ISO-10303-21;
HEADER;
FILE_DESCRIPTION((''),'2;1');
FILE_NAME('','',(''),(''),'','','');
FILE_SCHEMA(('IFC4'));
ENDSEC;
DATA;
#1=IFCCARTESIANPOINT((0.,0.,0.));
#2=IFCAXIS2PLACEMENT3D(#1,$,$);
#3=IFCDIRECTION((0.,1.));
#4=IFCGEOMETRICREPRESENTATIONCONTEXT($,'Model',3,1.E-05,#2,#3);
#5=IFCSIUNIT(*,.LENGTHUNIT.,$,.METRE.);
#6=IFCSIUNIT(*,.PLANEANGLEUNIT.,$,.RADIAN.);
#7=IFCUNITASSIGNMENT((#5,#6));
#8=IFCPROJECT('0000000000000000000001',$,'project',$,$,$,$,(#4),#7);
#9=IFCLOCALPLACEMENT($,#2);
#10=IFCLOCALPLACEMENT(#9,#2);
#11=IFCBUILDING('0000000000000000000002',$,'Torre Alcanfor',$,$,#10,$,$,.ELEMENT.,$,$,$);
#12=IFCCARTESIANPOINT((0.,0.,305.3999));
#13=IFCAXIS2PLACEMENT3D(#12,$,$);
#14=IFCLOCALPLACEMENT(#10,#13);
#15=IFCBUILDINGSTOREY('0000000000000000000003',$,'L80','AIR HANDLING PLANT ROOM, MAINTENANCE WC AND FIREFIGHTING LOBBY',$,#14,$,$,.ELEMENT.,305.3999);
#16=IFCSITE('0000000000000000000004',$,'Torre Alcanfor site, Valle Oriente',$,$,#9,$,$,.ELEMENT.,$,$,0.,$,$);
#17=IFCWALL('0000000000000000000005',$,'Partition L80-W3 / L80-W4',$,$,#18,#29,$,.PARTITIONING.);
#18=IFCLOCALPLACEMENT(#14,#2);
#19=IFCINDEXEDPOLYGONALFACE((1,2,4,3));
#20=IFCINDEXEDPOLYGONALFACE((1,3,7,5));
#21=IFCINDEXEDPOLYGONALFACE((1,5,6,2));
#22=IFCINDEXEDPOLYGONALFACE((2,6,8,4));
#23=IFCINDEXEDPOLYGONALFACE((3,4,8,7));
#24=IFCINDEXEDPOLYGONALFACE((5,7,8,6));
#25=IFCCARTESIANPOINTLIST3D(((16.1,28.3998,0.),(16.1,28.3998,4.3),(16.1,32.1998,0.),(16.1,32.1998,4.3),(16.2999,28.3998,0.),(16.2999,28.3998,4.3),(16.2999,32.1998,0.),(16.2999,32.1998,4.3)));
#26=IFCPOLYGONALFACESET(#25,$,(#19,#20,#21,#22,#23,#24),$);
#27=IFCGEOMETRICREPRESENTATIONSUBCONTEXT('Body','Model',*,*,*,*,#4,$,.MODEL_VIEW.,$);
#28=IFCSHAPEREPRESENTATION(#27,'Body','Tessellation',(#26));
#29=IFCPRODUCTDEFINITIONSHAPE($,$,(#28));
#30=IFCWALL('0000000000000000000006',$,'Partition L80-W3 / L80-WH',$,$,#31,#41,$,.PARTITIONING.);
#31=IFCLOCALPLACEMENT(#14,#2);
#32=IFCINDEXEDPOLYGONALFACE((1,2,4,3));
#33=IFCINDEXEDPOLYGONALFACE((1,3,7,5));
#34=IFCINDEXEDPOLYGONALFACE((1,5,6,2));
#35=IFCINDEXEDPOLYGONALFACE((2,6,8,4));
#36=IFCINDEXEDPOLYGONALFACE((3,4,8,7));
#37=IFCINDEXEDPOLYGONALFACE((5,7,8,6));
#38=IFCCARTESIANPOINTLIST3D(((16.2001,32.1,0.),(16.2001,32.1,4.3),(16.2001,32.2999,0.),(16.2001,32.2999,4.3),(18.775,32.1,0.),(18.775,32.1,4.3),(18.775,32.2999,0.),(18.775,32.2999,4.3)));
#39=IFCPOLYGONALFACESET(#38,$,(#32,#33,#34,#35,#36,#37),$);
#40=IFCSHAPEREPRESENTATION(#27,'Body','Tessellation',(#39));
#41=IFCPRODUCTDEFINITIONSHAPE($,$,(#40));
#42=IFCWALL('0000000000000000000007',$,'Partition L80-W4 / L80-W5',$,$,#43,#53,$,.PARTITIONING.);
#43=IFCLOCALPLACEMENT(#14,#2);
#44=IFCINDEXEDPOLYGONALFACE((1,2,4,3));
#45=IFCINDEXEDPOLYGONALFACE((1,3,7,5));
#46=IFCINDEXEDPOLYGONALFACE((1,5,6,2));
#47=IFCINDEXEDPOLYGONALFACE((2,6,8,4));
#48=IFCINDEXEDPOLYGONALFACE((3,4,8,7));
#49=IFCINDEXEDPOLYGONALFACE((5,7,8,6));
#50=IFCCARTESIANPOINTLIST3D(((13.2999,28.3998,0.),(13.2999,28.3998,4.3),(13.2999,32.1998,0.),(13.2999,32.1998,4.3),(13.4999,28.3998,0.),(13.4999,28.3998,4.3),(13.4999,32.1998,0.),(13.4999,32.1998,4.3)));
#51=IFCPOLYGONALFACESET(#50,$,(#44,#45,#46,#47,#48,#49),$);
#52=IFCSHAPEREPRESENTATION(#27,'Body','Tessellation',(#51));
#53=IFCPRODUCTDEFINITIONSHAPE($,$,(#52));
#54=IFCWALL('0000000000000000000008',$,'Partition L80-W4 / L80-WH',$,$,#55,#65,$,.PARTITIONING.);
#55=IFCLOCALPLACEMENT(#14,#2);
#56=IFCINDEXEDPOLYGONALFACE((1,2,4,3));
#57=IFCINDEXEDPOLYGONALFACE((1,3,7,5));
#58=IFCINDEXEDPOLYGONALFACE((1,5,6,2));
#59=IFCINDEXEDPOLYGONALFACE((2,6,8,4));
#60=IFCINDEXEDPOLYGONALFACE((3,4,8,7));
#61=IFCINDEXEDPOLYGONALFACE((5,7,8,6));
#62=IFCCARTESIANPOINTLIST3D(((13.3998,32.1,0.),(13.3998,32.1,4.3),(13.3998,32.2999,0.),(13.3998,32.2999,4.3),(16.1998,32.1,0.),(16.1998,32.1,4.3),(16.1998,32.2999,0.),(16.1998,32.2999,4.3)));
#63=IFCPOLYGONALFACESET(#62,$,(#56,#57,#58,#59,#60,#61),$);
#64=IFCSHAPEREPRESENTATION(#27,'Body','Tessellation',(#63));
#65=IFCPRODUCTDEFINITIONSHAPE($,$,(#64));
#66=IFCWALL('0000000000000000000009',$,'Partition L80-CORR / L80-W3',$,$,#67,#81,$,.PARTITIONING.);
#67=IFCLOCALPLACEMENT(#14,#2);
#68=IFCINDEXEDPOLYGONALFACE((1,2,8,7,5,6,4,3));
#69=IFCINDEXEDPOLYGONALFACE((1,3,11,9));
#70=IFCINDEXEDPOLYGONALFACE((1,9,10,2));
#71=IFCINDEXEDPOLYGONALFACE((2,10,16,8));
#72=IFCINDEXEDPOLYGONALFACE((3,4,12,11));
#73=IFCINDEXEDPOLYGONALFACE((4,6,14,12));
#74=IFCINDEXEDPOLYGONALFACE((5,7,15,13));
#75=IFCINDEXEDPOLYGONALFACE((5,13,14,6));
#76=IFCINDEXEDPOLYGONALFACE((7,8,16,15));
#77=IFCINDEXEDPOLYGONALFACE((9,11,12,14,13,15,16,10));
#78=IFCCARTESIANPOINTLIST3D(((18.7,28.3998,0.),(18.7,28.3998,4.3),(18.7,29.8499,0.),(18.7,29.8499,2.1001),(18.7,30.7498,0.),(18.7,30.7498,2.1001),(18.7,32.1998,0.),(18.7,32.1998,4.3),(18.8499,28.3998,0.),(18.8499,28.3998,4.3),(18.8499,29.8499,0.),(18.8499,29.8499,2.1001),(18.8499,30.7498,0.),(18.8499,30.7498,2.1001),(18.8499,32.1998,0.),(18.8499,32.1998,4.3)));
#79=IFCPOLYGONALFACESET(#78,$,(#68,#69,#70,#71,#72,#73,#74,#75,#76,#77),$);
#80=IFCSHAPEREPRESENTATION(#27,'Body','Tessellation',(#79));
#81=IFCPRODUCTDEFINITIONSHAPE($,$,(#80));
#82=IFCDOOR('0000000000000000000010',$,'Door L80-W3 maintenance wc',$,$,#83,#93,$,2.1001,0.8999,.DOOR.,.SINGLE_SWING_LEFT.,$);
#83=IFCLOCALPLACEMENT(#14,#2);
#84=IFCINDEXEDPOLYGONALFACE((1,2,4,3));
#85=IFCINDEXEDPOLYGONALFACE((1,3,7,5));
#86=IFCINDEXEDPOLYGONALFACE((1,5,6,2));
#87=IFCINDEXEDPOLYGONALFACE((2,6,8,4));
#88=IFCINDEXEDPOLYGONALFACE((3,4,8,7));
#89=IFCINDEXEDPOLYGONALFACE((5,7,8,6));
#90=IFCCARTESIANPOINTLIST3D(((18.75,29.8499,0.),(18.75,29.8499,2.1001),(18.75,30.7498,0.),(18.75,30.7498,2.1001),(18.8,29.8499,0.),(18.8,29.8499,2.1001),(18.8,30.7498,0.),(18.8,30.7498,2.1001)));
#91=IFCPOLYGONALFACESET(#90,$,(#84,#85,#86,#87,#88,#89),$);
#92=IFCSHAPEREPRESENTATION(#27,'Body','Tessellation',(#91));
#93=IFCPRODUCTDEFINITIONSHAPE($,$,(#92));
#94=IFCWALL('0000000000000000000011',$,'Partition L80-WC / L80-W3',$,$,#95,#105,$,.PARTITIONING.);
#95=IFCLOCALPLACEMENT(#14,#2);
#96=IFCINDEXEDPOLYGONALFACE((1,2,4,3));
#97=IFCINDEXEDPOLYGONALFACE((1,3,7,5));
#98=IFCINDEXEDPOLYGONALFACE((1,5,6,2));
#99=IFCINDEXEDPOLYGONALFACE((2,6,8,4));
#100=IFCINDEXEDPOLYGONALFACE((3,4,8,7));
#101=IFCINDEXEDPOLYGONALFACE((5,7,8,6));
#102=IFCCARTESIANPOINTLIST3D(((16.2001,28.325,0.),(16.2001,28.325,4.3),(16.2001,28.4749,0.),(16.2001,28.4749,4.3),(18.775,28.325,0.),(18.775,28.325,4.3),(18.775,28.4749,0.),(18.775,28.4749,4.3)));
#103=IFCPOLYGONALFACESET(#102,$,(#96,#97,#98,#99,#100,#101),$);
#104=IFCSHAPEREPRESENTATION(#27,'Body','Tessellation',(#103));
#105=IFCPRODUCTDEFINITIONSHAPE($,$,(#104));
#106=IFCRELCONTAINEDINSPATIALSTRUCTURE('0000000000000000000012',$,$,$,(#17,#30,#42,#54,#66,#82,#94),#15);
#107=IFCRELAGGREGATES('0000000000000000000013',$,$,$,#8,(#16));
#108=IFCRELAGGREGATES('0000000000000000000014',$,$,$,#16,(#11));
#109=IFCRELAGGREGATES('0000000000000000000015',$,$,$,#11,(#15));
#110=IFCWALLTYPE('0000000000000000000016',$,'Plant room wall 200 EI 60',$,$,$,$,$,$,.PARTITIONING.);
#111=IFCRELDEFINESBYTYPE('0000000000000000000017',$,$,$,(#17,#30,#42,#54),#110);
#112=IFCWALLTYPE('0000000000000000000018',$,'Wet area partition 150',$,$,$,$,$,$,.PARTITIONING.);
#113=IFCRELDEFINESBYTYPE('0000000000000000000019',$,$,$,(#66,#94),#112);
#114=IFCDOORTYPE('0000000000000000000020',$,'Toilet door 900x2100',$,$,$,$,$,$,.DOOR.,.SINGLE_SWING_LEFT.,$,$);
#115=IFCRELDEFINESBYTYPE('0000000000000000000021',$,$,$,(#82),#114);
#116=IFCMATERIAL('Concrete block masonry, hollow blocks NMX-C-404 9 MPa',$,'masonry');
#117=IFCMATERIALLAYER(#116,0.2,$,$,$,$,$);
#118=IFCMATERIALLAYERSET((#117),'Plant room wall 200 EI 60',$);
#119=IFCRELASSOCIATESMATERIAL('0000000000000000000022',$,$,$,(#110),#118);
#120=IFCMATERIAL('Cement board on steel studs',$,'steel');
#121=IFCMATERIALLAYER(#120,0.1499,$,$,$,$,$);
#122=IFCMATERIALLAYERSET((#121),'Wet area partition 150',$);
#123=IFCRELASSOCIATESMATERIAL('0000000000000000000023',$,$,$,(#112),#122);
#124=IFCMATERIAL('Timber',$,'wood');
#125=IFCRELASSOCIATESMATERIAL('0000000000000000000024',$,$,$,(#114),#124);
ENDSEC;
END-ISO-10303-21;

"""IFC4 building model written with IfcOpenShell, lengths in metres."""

from ifc_helpers import new_model, si_unit, direction, frame, frame_2d, origin, place, context, subcontext, project, spatial, rectangle, extrude, material, layer, layer_set, type_object, element, fill, save


model = new_model("IFC4")

# Units and contexts
model_context = context("Model", 3, precision=1e-05, world=origin(), true_north=direction((0.0, 1.0)))
body_context = subcontext(model_context, "Body", "Model", "MODEL_VIEW")
ifc_project = project(units=[si_unit("LENGTHUNIT", "METRE"), si_unit("PLANEANGLEUNIT", "RADIAN")], contexts=[model_context])

# Site, building, storey
site_placement = place(None, origin())
site = spatial("IfcSite", under=ifc_project, at=site_placement, Name="Torre Alcanfor site, Valle Oriente", CompositionType="ELEMENT", RefElevation=0.0)
building_placement = place(site_placement, origin())
building = spatial("IfcBuilding", under=site, at=building_placement, Name="Torre Alcanfor", CompositionType="ELEMENT")
storey_placement = place(building_placement, frame((0.0, 0.0, 305.3999)))
storey = spatial("IfcBuildingStorey", under=building, at=storey_placement, Name="L80", Description="AIR HANDLING PLANT ROOM, MAINTENANCE WC AND FIREFIGHTING LOBBY", CompositionType="ELEMENT", Elevation=305.3999)

# Shared definitions
ifc_material_1 = material(Name="Concrete block masonry, hollow blocks NMX-C-404 9 MPa", Category="masonry")
ifc_layer_1 = layer(ifc_material_1, 0.2)
ifc_layer_set_1 = layer_set([ifc_layer_1], Name="Plant room wall 200 EI 60")
wall_type_1 = type_object("IfcWallType", Name="Plant room wall 200 EI 60", PredefinedType="PARTITIONING", material=ifc_layer_set_1)

# Walls
wall_1_placement = place(storey_placement, frame((16.2, 28.3999, 0.0), z_axis=(0.0, 0.0, 1.0), x_axis=(0.0, 1.0, 0.0)))
element("IfcWall", 1, at=wall_1_placement, inside=storey, type_object=wall_type_1, Name="Partition L80-W3 / L80-W4", PredefinedType="PARTITIONING", context=body_context, shape_type="SweptSolid", body=[
    extrude(rectangle(XDim=3.8, YDim=0.2, at=frame_2d((1.8999, 0.0))), origin(), (0.0, 0.0, 1.0), 4.3),
])
wall_2_placement = place(storey_placement, frame((16.2, 32.2, 0.0), z_axis=(0.0, 0.0, 1.0), x_axis=(1.0, 0.0, 0.0)))
element("IfcWall", 2, at=wall_2_placement, inside=storey, type_object=wall_type_1, Name="Partition L80-W3 / L80-WH", PredefinedType="PARTITIONING", context=body_context, shape_type="SweptSolid", body=[
    extrude(rectangle(XDim=2.575, YDim=0.2, at=frame_2d((1.2876, 0.0))), origin(), (0.0, 0.0, 1.0), 4.3),
])
wall_3_placement = place(storey_placement, frame((13.3999, 28.3999, 0.0), z_axis=(0.0, 0.0, 1.0), x_axis=(0.0, 1.0, 0.0)))
element("IfcWall", 3, at=wall_3_placement, inside=storey, type_object=wall_type_1, Name="Partition L80-W4 / L80-W5", PredefinedType="PARTITIONING", context=body_context, shape_type="SweptSolid", body=[
    extrude(rectangle(XDim=3.8, YDim=0.2, at=frame_2d((1.8999, 0.0))), origin(), (0.0, 0.0, 1.0), 4.3),
])
wall_4_placement = place(storey_placement, frame((13.3999, 32.2, 0.0), z_axis=(0.0, 0.0, 1.0), x_axis=(1.0, 0.0, 0.0)))
element("IfcWall", 4, at=wall_4_placement, inside=storey, type_object=wall_type_1, Name="Partition L80-W4 / L80-WH", PredefinedType="PARTITIONING", context=body_context, shape_type="SweptSolid", body=[
    extrude(rectangle(XDim=2.8, YDim=0.2, at=frame_2d((1.3999, 0.0))), origin(), (0.0, 0.0, 1.0), 4.3),
])

# Wall, opening, door
ifc_material_2 = material(Name="Cement board on steel studs", Category="steel")
ifc_layer_2 = layer(ifc_material_2, 0.1499)
ifc_layer_set_2 = layer_set([ifc_layer_2], Name="Wet area partition 150")
wall_type_2 = type_object("IfcWallType", Name="Wet area partition 150", PredefinedType="PARTITIONING", material=ifc_layer_set_2)
wall_5_placement = place(storey_placement, frame((18.7749, 28.3999, 0.0), z_axis=(0.0, 0.0, 1.0), x_axis=(0.0, 1.0, 0.0)))
wall_5 = element("IfcWall", 5, at=wall_5_placement, inside=storey, type_object=wall_type_2, Name="Partition L80-CORR / L80-W3", PredefinedType="PARTITIONING", context=body_context, shape_type="SweptSolid", body=[
    extrude(rectangle(XDim=3.8, YDim=0.1499, at=frame_2d((1.8999, 0.0))), origin(), (0.0, 0.0, 1.0), 4.3),
])
opening_1_placement = place(wall_5_placement, frame((1.45, 0.0, 0.0)))
opening_1 = element("IfcOpeningElement", 6, at=opening_1_placement, cuts=wall_5, PredefinedType="OPENING", context=body_context, shape_type="SweptSolid", body=[
    extrude(rectangle(XDim=0.8999, YDim=2.1001, at=frame_2d((0.45, 1.05))), frame((0.0, 0.085, 0.0), z_axis=(0.0, -1.0, 0.0), x_axis=(1.0, 0.0, 0.0)), (0.0, 0.0, 1.0), 0.1699),
])
ifc_material_3 = material(Name="Timber", Category="wood")
door_type_1 = type_object("IfcDoorType", Name="Toilet door 900x2100", OperationType="SINGLE_SWING_LEFT", PredefinedType="DOOR", material=ifc_material_3)
door_1_placement = place(opening_1_placement, origin())
door_1 = element("IfcDoor", 7, at=door_1_placement, inside=storey, type_object=door_type_1, Name="Door L80-W3 maintenance wc", OperationType="SINGLE_SWING_LEFT", OverallHeight=2.1001, OverallWidth=0.8999, PredefinedType="DOOR", context=body_context, shape_type="SweptSolid", body=[
    extrude(rectangle(XDim=0.8999, YDim=2.1001, at=frame_2d((0.45, 1.05))), frame((0.0, 0.0249, 0.0), z_axis=(0.0, -1.0, 0.0), x_axis=(1.0, 0.0, 0.0)), (0.0, 0.0, 1.0), 0.05),
])
fill(opening_1, door_1)

# Wall
wall_6_placement = place(storey_placement, frame((16.2, 28.3999, 0.0), z_axis=(0.0, 0.0, 1.0), x_axis=(1.0, 0.0, 0.0)))
element("IfcWall", 8, at=wall_6_placement, inside=storey, type_object=wall_type_2, Name="Partition L80-WC / L80-W3", PredefinedType="PARTITIONING", context=body_context, shape_type="SweptSolid", body=[
    extrude(rectangle(XDim=2.575, YDim=0.1499, at=frame_2d((1.2876, 0.0))), origin(), (0.0, 0.0, 1.0), 4.3),
])

save(model, "model.ifc")
